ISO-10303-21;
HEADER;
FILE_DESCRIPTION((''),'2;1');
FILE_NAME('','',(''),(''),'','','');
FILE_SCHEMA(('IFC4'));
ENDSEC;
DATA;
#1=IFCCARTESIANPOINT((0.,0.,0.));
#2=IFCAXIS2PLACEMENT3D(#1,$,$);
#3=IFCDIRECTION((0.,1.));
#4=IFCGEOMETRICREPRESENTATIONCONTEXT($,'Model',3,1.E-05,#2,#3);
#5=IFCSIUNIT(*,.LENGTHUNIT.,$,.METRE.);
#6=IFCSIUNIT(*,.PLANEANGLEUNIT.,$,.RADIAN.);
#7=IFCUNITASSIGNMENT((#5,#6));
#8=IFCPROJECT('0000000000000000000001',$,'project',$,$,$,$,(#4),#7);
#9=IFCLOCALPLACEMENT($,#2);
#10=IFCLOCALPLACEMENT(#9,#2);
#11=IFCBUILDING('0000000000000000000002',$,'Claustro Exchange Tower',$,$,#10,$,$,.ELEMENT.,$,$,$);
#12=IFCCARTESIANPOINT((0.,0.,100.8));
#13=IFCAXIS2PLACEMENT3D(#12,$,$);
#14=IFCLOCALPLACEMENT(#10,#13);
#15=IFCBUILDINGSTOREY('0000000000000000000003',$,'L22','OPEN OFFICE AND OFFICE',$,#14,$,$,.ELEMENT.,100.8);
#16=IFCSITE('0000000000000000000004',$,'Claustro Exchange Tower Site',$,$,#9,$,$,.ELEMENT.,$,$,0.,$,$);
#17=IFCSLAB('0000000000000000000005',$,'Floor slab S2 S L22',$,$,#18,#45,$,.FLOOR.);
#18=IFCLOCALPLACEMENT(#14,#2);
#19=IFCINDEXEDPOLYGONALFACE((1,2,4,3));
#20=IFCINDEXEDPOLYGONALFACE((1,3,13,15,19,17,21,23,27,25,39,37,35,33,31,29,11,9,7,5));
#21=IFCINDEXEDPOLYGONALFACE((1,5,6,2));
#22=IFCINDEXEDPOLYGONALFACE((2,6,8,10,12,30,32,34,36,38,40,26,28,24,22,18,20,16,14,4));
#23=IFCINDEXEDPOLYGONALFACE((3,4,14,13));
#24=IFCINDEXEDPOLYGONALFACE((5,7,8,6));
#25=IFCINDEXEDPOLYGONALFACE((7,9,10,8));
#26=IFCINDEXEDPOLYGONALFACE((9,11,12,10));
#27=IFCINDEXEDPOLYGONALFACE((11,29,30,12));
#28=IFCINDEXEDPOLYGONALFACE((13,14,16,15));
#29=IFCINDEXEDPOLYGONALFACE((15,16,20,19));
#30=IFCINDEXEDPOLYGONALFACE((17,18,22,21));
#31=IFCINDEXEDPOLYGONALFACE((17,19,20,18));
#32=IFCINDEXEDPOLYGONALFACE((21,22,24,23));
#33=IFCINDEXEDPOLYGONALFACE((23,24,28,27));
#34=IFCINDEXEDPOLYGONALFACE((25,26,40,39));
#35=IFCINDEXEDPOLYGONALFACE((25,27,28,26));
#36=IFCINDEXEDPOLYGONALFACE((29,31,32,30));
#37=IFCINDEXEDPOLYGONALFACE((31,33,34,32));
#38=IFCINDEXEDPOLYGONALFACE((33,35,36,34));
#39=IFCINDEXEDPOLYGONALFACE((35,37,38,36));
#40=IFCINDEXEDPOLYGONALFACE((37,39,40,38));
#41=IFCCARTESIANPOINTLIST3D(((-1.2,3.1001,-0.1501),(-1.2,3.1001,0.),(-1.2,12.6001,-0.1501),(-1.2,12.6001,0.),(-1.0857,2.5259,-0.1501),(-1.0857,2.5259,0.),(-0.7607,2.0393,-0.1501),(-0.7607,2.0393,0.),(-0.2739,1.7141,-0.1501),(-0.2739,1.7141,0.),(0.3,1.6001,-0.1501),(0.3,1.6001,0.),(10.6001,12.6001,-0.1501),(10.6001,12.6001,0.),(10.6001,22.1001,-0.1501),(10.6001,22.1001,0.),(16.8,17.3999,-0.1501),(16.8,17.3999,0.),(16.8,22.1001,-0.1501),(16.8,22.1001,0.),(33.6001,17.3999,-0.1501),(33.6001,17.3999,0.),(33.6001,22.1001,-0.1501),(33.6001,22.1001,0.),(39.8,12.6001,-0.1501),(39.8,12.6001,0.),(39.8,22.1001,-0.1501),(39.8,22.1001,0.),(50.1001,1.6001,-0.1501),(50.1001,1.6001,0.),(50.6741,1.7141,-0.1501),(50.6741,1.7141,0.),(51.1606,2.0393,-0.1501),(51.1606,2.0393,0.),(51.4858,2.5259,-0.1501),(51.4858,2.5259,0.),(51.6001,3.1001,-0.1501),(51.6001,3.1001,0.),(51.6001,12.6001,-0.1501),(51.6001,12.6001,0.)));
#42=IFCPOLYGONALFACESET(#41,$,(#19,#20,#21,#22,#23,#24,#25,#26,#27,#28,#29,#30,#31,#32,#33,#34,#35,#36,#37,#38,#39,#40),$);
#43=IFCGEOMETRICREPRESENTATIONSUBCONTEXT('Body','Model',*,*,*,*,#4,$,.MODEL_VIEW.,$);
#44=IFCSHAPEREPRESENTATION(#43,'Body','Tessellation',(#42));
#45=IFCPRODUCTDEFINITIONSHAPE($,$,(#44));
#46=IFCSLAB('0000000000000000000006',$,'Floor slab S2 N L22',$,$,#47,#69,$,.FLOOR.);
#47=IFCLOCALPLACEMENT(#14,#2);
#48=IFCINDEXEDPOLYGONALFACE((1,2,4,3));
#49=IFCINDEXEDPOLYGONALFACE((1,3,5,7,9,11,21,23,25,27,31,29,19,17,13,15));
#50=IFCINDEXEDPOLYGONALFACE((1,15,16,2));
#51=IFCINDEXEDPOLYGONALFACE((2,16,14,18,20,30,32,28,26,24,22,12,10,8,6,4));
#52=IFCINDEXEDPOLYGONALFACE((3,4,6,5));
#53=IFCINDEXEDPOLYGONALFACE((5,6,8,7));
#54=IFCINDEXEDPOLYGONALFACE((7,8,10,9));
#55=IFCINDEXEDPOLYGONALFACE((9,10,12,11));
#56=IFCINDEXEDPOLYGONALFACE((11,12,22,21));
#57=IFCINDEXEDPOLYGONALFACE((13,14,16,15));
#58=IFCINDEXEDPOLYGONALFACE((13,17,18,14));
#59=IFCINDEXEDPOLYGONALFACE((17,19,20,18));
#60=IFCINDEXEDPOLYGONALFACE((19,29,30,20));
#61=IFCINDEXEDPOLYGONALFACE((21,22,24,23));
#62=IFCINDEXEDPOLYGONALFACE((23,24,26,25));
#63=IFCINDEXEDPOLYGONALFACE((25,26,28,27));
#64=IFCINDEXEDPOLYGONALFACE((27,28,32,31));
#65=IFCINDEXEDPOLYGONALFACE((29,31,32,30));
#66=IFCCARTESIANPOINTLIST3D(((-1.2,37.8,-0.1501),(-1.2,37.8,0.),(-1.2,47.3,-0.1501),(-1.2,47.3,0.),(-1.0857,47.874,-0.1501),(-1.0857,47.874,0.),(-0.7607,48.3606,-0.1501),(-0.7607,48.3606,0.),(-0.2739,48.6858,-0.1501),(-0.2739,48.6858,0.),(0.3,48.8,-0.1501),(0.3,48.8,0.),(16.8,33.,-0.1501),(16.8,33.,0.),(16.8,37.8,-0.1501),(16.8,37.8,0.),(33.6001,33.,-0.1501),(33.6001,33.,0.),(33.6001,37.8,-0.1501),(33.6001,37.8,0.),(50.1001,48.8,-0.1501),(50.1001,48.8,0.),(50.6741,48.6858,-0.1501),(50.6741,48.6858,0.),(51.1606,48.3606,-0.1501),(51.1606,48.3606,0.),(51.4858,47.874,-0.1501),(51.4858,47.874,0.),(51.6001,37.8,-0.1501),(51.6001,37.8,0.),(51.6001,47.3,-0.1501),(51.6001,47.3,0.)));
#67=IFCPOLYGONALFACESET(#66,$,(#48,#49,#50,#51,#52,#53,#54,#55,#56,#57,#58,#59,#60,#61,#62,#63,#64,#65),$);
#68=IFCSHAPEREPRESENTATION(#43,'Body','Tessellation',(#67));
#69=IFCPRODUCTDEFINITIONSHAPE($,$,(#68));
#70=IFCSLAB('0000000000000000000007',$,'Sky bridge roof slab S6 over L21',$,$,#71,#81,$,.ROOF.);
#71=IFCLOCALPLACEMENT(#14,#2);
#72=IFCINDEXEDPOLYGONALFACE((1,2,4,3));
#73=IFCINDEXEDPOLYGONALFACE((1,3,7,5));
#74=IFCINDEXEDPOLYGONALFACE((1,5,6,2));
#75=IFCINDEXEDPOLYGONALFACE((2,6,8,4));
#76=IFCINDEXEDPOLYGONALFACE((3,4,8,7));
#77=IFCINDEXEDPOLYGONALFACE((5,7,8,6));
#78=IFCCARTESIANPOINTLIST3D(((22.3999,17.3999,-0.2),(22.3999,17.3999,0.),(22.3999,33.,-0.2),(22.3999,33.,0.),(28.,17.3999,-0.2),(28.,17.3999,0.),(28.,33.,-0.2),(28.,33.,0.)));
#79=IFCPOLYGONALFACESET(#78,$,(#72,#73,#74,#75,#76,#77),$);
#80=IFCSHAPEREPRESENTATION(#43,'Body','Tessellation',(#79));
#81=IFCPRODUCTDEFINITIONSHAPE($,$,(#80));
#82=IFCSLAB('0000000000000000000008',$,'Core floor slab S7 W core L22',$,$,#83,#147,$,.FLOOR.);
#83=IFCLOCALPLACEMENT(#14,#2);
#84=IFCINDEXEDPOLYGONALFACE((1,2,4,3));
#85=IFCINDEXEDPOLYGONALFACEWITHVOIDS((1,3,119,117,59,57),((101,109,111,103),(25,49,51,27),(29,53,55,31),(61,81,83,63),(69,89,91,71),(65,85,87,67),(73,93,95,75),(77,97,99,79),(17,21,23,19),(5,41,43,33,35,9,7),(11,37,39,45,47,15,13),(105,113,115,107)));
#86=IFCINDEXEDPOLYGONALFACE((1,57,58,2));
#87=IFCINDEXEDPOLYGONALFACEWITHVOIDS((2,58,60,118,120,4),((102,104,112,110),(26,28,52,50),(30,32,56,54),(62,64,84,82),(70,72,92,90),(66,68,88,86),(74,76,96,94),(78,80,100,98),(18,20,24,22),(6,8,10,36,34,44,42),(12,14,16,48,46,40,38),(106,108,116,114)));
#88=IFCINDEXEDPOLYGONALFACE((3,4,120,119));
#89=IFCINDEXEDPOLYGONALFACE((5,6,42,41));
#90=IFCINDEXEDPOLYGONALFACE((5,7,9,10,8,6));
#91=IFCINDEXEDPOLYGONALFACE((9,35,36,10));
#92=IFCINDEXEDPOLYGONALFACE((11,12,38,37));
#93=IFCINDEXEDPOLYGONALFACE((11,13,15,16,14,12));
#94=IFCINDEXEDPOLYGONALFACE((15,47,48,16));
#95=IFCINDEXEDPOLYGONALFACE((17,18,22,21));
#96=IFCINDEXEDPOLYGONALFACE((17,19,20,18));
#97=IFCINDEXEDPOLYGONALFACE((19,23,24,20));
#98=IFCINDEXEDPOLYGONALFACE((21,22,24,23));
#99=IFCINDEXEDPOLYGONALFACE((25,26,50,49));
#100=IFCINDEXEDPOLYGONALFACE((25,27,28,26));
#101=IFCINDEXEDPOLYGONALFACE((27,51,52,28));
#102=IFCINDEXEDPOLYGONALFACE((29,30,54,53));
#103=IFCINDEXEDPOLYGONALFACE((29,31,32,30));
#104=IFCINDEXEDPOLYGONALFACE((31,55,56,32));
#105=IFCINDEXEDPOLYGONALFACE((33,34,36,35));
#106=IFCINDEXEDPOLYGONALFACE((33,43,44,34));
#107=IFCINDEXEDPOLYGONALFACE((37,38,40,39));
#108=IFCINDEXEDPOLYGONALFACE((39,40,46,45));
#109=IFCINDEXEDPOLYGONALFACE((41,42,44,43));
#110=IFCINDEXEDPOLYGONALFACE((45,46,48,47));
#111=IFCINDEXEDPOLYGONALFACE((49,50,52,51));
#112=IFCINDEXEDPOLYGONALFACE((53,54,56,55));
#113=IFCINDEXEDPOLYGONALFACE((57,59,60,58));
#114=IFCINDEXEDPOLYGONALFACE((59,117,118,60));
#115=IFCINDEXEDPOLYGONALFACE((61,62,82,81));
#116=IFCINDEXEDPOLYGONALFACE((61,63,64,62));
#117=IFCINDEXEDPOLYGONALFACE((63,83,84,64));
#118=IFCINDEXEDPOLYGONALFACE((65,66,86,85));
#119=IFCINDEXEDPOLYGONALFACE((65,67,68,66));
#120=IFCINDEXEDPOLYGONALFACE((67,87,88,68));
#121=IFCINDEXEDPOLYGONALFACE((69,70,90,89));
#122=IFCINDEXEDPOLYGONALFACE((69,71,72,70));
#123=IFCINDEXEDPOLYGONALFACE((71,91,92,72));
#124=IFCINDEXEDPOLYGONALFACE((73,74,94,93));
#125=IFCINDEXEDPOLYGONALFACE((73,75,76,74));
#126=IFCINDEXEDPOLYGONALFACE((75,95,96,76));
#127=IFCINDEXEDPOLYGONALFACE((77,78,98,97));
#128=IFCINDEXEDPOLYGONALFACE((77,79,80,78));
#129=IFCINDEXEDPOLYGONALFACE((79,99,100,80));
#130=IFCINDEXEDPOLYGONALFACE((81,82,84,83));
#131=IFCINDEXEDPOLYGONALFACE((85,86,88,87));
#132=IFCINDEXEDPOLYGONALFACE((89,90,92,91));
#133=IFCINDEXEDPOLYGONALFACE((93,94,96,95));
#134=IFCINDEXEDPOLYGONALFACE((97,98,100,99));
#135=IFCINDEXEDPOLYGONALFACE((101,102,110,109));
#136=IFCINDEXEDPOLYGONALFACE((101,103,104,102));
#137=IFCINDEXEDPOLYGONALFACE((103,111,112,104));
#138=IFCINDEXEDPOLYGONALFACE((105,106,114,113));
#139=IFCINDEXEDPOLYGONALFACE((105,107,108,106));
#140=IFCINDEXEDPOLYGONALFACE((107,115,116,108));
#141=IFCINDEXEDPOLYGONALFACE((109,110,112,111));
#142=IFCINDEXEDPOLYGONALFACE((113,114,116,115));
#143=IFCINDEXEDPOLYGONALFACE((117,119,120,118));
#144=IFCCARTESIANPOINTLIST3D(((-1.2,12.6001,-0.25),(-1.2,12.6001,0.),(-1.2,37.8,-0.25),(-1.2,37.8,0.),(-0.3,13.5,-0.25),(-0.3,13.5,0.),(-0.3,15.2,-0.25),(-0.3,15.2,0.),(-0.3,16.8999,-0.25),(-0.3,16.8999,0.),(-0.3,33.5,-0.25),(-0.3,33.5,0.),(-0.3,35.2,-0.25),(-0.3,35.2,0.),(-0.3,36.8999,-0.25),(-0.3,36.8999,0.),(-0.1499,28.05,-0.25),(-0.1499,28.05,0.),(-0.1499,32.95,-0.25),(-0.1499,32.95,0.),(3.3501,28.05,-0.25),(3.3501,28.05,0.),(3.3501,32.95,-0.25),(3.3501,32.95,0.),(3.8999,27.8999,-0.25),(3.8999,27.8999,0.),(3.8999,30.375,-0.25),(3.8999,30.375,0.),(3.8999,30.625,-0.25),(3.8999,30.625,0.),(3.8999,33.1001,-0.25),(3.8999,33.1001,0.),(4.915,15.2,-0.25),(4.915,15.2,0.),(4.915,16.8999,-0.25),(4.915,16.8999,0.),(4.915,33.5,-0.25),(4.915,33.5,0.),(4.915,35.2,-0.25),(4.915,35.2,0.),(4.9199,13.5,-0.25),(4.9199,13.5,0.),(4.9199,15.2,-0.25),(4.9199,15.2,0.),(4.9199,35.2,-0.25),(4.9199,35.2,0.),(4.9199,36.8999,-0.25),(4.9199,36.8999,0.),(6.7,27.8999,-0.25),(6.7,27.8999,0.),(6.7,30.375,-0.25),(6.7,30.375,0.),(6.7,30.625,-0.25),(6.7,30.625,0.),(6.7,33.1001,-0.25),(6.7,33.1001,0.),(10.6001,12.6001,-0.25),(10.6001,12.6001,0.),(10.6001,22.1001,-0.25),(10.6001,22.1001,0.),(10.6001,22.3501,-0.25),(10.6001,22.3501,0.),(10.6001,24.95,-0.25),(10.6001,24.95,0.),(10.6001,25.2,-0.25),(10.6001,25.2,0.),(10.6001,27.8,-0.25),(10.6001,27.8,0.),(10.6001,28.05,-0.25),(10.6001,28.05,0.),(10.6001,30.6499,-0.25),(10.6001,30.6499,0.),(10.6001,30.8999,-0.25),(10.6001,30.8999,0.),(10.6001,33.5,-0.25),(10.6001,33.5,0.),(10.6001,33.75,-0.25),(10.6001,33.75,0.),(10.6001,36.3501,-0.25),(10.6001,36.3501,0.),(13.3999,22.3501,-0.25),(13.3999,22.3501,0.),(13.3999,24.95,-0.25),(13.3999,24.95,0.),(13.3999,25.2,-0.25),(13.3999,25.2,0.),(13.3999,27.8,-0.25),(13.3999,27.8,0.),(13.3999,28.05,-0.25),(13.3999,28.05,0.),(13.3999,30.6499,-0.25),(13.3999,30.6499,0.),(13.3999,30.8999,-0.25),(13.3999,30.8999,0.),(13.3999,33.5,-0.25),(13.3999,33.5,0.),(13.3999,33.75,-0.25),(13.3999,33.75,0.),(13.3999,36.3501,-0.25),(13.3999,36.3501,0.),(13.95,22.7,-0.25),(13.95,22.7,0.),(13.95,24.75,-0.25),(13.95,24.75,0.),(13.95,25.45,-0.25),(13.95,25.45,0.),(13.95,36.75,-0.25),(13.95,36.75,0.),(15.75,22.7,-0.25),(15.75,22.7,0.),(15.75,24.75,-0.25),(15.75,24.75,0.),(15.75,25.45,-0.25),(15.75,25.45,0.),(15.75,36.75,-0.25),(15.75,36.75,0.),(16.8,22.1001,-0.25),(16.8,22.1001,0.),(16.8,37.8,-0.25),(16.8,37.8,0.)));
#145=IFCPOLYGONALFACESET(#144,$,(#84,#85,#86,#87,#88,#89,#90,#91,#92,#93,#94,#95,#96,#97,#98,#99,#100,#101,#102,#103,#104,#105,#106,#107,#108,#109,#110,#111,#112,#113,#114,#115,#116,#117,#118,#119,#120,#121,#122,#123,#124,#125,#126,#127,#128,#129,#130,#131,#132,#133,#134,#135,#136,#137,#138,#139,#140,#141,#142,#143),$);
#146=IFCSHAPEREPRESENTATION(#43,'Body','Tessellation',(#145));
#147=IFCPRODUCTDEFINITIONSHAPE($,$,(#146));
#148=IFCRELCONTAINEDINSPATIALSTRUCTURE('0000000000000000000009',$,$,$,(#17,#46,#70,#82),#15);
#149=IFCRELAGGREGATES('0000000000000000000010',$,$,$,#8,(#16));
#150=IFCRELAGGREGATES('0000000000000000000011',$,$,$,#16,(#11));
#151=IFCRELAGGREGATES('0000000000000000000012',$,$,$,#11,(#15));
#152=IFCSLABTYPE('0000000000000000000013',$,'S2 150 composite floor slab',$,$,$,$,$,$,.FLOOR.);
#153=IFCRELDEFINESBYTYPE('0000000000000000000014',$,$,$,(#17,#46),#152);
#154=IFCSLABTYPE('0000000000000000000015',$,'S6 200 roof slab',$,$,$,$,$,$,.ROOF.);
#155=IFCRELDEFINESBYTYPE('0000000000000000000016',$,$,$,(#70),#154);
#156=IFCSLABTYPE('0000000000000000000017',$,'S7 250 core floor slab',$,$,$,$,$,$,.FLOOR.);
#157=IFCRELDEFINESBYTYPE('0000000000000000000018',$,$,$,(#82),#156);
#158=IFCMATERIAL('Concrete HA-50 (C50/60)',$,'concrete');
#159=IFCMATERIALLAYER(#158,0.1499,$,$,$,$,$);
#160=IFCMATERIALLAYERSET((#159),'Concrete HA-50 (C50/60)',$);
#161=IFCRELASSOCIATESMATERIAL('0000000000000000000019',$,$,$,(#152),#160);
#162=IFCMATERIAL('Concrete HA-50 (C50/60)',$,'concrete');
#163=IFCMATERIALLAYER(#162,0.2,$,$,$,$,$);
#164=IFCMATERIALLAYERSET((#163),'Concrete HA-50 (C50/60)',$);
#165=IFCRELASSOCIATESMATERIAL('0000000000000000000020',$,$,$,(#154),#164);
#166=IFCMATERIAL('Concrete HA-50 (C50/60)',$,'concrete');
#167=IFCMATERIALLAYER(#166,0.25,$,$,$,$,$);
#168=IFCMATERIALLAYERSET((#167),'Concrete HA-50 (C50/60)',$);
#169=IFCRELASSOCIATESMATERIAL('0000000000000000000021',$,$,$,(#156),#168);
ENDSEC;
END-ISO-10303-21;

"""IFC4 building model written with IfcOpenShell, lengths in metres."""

from ifc_helpers import new_model, si_unit, direction, frame, origin, place, context, subcontext, project, spatial, polyline, outline, extrude, material, layer, layer_set, type_object, element, save


model = new_model("IFC4")

# Units and contexts
model_context = context("Model", 3, precision=1e-05, world=origin(), true_north=direction((0.0, 1.0)))
body_context = subcontext(model_context, "Body", "Model", "MODEL_VIEW")
ifc_project = project(units=[si_unit("LENGTHUNIT", "METRE"), si_unit("PLANEANGLEUNIT", "RADIAN")], contexts=[model_context])

# Site, building, storey
site_placement = place(None, origin())
site = spatial("IfcSite", under=ifc_project, at=site_placement, Name="Claustro Exchange Tower Site", CompositionType="ELEMENT", RefElevation=0.0)
building_placement = place(site_placement, origin())
building = spatial("IfcBuilding", under=site, at=building_placement, Name="Claustro Exchange Tower", CompositionType="ELEMENT")
storey_placement = place(building_placement, frame((0.0, 0.0, 100.8)))
storey = spatial("IfcBuildingStorey", under=building, at=storey_placement, Name="L22", Description="OPEN OFFICE AND OFFICE", CompositionType="ELEMENT", Elevation=100.8)

# Slabs
ifc_material_1 = material(Name="Concrete HA-50 (C50/60)", Category="concrete")
ifc_layer_1 = layer(ifc_material_1, 0.1499)
ifc_layer_set_1 = layer_set([ifc_layer_1], Name="Concrete HA-50 (C50/60)")
slab_type_1 = type_object("IfcSlabType", Name="S2 150 composite floor slab", PredefinedType="FLOOR", material=ifc_layer_set_1)
slab_1_placement = place(storey_placement, frame((0.0, 0.0, -0.1501)))
element("IfcSlab", 1, at=slab_1_placement, inside=storey, type_object=slab_type_1, Name="Floor slab S2 S L22", PredefinedType="FLOOR", context=body_context, shape_type="SweptSolid", body=[
    extrude(outline(polyline([(-0.2739, 1.7141), (0.3, 1.6001), (50.1001, 1.6001), (50.6741, 1.7141), (51.1606, 2.0393), (51.4858, 2.5259), (51.6001, 3.1001), (51.6001, 12.6001), (39.8, 12.6001), (39.8, 22.1001), (33.6001, 22.1001), (33.6001, 17.3999), (16.8, 17.3999), (16.8, 22.1001), (10.6001, 22.1001), (10.6001, 12.6001), (-1.2, 12.6001), (-1.2, 3.1001), (-1.0857, 2.5259), (-0.7607, 2.0393), (-0.2739, 1.7141)])), origin(), (0.0, 0.0, 1.0), 0.1501),
])
slab_2_placement = place(storey_placement, frame((0.0, 0.0, -0.1501)))
element("IfcSlab", 2, at=slab_2_placement, inside=storey, type_object=slab_type_1, Name="Floor slab S2 N L22", PredefinedType="FLOOR", context=body_context, shape_type="SweptSolid", body=[
    extrude(outline(polyline([(16.8, 37.8), (16.8, 33.0), (33.6001, 33.0), (33.6001, 37.8), (51.6001, 37.8), (51.6001, 47.3), (51.4858, 47.874), (51.1606, 48.3606), (50.6741, 48.6858), (50.1001, 48.8), (0.3, 48.8), (-0.2739, 48.6858), (-0.7607, 48.3606), (-1.0857, 47.874), (-1.2, 47.3), (-1.2, 37.8), (16.8, 37.8)])), origin(), (0.0, 0.0, 1.0), 0.1501),
])
ifc_material_2 = material(Name="Concrete HA-50 (C50/60)", Category="concrete")
ifc_layer_2 = layer(ifc_material_2, 0.2)
ifc_layer_set_2 = layer_set([ifc_layer_2], Name="Concrete HA-50 (C50/60)")
slab_type_2 = type_object("IfcSlabType", Name="S6 200 roof slab", PredefinedType="ROOF", material=ifc_layer_set_2)
slab_3_placement = place(storey_placement, frame((0.0, 0.0, -0.2)))
element("IfcSlab", 3, at=slab_3_placement, inside=storey, type_object=slab_type_2, Name="Sky bridge roof slab S6 over L21", PredefinedType="ROOF", context=body_context, shape_type="SweptSolid", body=[
    extrude(outline(polyline([(28.0, 17.3999), (28.0, 33.0), (22.3999, 33.0), (22.3999, 17.3999), (28.0, 17.3999)])), origin(), (0.0, 0.0, 1.0), 0.2),
])
ifc_material_3 = material(Name="Concrete HA-50 (C50/60)", Category="concrete")
ifc_layer_3 = layer(ifc_material_3, 0.25)
ifc_layer_set_3 = layer_set([ifc_layer_3], Name="Concrete HA-50 (C50/60)")
slab_type_3 = type_object("IfcSlabType", Name="S7 250 core floor slab", PredefinedType="FLOOR", material=ifc_layer_set_3)
slab_4_placement = place(storey_placement, frame((0.0, 0.0, -0.25)))
element("IfcSlab", 4, at=slab_4_placement, inside=storey, type_object=slab_type_3, Name="Core floor slab S7 W core L22", PredefinedType="FLOOR", context=body_context, shape_type="SweptSolid", body=[
    extrude(outline(polyline([(-1.2, 37.8), (-1.2, 12.6001), (10.6001, 12.6001), (10.6001, 22.1001), (16.8, 22.1001), (16.8, 37.8), (-1.2, 37.8)]), holes=[polyline([(13.95, 24.75), (15.75, 24.75), (15.75, 22.7), (13.95, 22.7), (13.95, 24.75)]), polyline([(13.95, 36.75), (15.75, 36.75), (15.75, 25.45), (13.95, 25.45), (13.95, 36.75)]), polyline([(13.3999, 24.95), (13.3999, 22.3501), (10.6001, 22.3501), (10.6001, 24.95), (13.3999, 24.95)]), polyline([(13.3999, 27.8), (13.3999, 25.2), (10.6001, 25.2), (10.6001, 27.8), (13.3999, 27.8)]), polyline([(13.3999, 30.6499), (13.3999, 28.05), (10.6001, 28.05), (10.6001, 30.6499), (13.3999, 30.6499)]), polyline([(13.3999, 33.5), (13.3999, 30.8999), (10.6001, 30.8999), (10.6001, 33.5), (13.3999, 33.5)]), polyline([(13.3999, 36.3501), (13.3999, 33.75), (10.6001, 33.75), (10.6001, 36.3501), (13.3999, 36.3501)]), polyline([(6.7, 30.375), (6.7, 27.8999), (3.8999, 27.8999), (3.8999, 30.375), (6.7, 30.375)]), polyline([(6.7, 33.1001), (6.7, 30.625), (3.8999, 30.625), (3.8999, 33.1001), (6.7, 33.1001)]), polyline([(-0.3, 13.5), (-0.3, 15.2), (-0.3, 16.8999), (4.915, 16.8999), (4.915, 15.2), (4.9199, 15.2), (4.9199, 13.5), (-0.3, 13.5)]), polyline([(-0.3, 36.8999), (4.9199, 36.8999), (4.9199, 35.2), (4.915, 35.2), (4.915, 33.5), (-0.3, 33.5), (-0.3, 35.2), (-0.3, 36.8999)]), polyline([(-0.1499, 32.95), (3.3501, 32.95), (3.3501, 28.05), (-0.1499, 28.05), (-0.1499, 32.95)])]), origin(), (0.0, 0.0, 1.0), 0.25),
])

save(model, "model.ifc")
